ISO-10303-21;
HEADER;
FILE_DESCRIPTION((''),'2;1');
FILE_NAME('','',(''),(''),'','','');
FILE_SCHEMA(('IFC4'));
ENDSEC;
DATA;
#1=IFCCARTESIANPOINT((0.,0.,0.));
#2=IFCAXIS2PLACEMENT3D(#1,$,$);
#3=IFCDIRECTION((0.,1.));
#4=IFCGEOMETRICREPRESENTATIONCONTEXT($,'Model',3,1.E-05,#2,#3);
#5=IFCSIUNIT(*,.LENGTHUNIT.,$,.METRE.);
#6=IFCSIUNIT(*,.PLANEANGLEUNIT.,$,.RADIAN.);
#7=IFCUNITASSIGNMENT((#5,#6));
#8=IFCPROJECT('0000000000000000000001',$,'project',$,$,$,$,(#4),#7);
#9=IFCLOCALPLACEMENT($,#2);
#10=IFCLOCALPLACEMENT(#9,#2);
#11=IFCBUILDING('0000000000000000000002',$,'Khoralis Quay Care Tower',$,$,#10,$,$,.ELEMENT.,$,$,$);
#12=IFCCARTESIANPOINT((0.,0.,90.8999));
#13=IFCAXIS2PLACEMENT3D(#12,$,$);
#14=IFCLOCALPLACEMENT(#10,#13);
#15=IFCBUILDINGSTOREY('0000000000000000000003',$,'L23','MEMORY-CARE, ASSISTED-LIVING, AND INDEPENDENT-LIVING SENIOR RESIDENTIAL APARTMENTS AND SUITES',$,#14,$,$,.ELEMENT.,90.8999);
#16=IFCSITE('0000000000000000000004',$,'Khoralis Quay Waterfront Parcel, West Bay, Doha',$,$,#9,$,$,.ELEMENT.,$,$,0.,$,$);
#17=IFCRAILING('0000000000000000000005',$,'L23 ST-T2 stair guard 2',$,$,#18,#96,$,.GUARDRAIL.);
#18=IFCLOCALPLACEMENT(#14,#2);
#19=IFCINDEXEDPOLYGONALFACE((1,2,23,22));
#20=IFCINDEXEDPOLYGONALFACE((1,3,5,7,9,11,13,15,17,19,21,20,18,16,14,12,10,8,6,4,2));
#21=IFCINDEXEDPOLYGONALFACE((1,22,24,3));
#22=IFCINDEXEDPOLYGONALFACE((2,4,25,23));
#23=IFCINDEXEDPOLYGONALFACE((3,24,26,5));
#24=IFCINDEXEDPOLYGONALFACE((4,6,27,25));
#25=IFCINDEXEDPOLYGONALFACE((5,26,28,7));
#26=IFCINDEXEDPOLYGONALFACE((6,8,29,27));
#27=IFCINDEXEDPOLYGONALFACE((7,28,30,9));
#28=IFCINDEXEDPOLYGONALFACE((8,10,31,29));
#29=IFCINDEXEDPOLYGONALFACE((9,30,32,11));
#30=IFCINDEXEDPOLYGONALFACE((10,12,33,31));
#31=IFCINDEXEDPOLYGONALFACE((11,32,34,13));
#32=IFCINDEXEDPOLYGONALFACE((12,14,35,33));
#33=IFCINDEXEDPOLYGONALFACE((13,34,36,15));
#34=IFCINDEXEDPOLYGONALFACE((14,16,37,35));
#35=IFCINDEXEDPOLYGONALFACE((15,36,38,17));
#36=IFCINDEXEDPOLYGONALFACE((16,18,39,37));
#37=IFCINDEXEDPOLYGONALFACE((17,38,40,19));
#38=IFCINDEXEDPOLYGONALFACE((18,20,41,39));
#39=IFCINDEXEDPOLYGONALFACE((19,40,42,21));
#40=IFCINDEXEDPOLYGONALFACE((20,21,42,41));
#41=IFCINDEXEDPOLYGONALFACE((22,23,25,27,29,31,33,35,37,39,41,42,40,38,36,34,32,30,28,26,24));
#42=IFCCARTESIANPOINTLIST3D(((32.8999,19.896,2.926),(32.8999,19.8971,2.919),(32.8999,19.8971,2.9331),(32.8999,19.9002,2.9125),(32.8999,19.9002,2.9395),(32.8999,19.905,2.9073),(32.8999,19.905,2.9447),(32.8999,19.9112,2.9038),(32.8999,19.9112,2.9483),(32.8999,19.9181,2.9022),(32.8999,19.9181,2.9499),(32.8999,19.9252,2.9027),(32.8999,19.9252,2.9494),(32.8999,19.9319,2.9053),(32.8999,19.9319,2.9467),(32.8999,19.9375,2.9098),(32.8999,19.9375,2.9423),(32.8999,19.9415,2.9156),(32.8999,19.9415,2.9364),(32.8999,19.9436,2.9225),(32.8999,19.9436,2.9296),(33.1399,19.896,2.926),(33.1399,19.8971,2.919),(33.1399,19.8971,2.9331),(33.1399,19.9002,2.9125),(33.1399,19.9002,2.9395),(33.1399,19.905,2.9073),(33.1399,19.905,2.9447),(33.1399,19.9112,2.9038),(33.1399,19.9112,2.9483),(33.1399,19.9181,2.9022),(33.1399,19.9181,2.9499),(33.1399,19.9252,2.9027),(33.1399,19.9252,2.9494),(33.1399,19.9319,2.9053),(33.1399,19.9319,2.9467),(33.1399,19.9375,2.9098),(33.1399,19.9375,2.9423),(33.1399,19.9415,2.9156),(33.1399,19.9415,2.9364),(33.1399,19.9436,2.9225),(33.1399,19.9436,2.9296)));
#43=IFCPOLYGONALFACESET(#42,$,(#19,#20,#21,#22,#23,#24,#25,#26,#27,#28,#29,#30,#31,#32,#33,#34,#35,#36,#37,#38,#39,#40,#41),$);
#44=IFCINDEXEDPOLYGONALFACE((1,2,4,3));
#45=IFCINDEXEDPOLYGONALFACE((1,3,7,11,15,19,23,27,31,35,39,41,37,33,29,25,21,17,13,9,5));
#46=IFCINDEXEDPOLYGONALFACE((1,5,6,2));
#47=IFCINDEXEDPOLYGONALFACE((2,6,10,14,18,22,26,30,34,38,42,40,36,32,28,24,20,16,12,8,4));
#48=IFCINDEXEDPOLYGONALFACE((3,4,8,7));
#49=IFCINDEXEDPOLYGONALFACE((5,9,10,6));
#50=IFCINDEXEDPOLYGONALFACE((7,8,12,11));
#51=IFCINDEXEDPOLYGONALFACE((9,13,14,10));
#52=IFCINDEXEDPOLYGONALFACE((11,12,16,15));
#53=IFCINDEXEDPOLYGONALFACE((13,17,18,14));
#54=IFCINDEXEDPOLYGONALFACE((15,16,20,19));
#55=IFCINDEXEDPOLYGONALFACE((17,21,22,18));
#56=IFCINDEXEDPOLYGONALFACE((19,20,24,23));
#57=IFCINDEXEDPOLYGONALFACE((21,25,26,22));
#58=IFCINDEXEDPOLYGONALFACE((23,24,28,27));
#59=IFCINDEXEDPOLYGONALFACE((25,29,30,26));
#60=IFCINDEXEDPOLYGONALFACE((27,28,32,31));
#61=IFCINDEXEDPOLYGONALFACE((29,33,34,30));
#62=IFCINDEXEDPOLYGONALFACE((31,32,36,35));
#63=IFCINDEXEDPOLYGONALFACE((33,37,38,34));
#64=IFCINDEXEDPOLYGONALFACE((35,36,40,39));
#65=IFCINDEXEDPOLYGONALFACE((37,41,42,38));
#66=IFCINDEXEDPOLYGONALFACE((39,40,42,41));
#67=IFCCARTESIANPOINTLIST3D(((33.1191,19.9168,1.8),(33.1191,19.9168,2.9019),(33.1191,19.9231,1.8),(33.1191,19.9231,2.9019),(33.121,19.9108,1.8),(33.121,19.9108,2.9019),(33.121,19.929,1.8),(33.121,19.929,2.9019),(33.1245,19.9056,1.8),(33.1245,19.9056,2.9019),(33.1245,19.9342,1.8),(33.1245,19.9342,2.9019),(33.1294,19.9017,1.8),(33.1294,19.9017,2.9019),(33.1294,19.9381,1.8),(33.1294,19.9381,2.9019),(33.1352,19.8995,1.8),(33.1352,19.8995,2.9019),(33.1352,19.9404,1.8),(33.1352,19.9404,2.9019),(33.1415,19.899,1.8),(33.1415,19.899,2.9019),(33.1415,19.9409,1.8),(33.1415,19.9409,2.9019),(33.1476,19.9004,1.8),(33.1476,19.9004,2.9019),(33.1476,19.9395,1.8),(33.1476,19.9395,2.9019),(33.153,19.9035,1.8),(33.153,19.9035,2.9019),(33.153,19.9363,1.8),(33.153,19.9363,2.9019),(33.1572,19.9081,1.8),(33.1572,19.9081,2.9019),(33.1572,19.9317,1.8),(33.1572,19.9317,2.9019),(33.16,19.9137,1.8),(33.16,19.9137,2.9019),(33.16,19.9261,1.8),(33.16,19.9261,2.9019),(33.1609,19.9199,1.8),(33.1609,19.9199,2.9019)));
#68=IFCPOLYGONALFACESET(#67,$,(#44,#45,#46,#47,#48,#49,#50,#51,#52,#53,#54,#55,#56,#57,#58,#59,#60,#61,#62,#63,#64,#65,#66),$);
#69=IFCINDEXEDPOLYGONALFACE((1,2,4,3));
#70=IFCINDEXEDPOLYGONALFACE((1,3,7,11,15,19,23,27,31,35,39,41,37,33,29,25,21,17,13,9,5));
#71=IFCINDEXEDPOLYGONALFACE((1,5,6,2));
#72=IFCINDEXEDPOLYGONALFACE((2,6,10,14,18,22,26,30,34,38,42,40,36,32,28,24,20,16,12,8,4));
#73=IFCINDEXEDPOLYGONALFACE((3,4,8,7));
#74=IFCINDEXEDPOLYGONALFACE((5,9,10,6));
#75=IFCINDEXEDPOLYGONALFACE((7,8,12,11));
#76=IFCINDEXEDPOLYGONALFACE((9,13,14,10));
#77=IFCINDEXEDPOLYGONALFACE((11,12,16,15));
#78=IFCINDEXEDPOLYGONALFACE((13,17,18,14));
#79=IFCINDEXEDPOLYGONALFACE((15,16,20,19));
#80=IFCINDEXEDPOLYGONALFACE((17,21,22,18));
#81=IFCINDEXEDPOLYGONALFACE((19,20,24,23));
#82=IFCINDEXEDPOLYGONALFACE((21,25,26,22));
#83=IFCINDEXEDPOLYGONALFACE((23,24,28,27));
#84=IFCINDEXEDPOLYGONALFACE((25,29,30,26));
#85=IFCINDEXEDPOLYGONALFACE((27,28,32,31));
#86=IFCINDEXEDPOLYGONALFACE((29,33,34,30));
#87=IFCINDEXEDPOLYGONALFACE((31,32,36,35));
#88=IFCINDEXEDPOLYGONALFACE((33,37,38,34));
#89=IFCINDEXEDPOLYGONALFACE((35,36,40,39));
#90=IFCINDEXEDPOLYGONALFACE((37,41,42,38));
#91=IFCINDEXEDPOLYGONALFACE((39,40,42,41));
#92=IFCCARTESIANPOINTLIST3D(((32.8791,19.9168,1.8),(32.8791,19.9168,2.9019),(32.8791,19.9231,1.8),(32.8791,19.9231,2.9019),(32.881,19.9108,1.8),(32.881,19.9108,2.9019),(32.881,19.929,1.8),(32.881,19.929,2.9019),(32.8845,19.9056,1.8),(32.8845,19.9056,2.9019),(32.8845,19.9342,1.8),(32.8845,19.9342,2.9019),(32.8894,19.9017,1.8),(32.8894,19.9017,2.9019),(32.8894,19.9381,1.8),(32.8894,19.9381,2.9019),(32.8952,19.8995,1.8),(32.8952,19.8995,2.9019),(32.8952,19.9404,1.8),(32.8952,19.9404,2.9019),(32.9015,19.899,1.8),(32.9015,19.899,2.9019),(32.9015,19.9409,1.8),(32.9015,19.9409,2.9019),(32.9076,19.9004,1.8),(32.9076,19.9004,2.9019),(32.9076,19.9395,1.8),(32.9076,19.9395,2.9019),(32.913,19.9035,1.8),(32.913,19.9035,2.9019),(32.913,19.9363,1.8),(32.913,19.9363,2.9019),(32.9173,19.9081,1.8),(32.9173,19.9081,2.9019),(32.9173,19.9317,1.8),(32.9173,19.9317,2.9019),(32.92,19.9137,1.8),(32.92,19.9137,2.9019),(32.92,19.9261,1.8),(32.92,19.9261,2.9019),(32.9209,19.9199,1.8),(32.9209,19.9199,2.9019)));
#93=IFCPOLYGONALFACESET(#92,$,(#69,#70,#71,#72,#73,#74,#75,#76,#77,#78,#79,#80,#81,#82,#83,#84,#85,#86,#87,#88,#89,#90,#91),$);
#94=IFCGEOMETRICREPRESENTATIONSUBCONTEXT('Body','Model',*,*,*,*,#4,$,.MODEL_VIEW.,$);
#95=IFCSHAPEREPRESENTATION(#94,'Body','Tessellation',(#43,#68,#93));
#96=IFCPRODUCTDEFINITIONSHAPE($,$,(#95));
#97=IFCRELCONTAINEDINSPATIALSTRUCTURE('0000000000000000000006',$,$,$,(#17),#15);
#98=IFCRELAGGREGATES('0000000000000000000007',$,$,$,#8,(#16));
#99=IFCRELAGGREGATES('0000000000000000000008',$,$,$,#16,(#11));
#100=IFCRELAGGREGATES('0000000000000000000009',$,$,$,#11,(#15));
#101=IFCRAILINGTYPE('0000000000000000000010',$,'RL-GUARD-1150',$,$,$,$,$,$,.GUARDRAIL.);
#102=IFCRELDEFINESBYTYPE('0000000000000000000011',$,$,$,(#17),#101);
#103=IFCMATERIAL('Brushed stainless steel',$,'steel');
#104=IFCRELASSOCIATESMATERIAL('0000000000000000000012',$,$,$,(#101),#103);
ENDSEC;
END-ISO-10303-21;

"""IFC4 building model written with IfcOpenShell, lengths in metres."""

from ifc_helpers import new_model, si_unit, direction, frame, origin, origin_2d, place, context, subcontext, project, spatial, circle, extrude, material, type_object, element, save


model = new_model("IFC4")

# Units and contexts
model_context = context("Model", 3, precision=1e-05, world=origin(), true_north=direction((0.0, 1.0)))
body_context = subcontext(model_context, "Body", "Model", "MODEL_VIEW")
ifc_project = project(units=[si_unit("LENGTHUNIT", "METRE"), si_unit("PLANEANGLEUNIT", "RADIAN")], contexts=[model_context])

# Site, building, storey
site_placement = place(None, origin())
site = spatial("IfcSite", under=ifc_project, at=site_placement, Name="Khoralis Quay Waterfront Parcel, West Bay, Doha", CompositionType="ELEMENT", RefElevation=0.0)
building_placement = place(site_placement, origin())
building = spatial("IfcBuilding", under=site, at=building_placement, Name="Khoralis Quay Care Tower", CompositionType="ELEMENT")
storey_placement = place(building_placement, frame((0.0, 0.0, 90.8999)))
storey = spatial("IfcBuildingStorey", under=building, at=storey_placement, Name="L23", Description="MEMORY-CARE, ASSISTED-LIVING, AND INDEPENDENT-LIVING SENIOR RESIDENTIAL APARTMENTS AND SUITES", CompositionType="ELEMENT", Elevation=90.8999)

# Railing
ifc_material_1 = material(Name="Brushed stainless steel", Category="steel")
railing_type_1 = type_object("IfcRailingType", Name="RL-GUARD-1150", PredefinedType="GUARDRAIL", material=ifc_material_1)
railing_1_placement = place(storey_placement, frame((33.1399, 19.9199, 1.8)))
element("IfcRailing", 1, at=railing_1_placement, inside=storey, type_object=railing_type_1, Name="L23 ST-T2 stair guard 2", PredefinedType="GUARDRAIL", context=body_context, shape_type="SweptSolid", body=[
    extrude(circle(Radius=0.0239, at=origin_2d()), frame((0.0, 0.0, 1.126), z_axis=(-1.0, 0.0, 0.0), x_axis=(0.0, -1.0, 0.0)), (0.0, 0.0, 1.0), 0.24),
    extrude(circle(Radius=0.021, at=origin_2d()), origin(), (0.0, 0.0, 1.0), 1.1018),
    extrude(circle(Radius=0.021, at=origin_2d()), frame((-0.24, 0.0, 0.0)), (0.0, 0.0, 1.0), 1.1018),
])

save(model, "model.ifc")
